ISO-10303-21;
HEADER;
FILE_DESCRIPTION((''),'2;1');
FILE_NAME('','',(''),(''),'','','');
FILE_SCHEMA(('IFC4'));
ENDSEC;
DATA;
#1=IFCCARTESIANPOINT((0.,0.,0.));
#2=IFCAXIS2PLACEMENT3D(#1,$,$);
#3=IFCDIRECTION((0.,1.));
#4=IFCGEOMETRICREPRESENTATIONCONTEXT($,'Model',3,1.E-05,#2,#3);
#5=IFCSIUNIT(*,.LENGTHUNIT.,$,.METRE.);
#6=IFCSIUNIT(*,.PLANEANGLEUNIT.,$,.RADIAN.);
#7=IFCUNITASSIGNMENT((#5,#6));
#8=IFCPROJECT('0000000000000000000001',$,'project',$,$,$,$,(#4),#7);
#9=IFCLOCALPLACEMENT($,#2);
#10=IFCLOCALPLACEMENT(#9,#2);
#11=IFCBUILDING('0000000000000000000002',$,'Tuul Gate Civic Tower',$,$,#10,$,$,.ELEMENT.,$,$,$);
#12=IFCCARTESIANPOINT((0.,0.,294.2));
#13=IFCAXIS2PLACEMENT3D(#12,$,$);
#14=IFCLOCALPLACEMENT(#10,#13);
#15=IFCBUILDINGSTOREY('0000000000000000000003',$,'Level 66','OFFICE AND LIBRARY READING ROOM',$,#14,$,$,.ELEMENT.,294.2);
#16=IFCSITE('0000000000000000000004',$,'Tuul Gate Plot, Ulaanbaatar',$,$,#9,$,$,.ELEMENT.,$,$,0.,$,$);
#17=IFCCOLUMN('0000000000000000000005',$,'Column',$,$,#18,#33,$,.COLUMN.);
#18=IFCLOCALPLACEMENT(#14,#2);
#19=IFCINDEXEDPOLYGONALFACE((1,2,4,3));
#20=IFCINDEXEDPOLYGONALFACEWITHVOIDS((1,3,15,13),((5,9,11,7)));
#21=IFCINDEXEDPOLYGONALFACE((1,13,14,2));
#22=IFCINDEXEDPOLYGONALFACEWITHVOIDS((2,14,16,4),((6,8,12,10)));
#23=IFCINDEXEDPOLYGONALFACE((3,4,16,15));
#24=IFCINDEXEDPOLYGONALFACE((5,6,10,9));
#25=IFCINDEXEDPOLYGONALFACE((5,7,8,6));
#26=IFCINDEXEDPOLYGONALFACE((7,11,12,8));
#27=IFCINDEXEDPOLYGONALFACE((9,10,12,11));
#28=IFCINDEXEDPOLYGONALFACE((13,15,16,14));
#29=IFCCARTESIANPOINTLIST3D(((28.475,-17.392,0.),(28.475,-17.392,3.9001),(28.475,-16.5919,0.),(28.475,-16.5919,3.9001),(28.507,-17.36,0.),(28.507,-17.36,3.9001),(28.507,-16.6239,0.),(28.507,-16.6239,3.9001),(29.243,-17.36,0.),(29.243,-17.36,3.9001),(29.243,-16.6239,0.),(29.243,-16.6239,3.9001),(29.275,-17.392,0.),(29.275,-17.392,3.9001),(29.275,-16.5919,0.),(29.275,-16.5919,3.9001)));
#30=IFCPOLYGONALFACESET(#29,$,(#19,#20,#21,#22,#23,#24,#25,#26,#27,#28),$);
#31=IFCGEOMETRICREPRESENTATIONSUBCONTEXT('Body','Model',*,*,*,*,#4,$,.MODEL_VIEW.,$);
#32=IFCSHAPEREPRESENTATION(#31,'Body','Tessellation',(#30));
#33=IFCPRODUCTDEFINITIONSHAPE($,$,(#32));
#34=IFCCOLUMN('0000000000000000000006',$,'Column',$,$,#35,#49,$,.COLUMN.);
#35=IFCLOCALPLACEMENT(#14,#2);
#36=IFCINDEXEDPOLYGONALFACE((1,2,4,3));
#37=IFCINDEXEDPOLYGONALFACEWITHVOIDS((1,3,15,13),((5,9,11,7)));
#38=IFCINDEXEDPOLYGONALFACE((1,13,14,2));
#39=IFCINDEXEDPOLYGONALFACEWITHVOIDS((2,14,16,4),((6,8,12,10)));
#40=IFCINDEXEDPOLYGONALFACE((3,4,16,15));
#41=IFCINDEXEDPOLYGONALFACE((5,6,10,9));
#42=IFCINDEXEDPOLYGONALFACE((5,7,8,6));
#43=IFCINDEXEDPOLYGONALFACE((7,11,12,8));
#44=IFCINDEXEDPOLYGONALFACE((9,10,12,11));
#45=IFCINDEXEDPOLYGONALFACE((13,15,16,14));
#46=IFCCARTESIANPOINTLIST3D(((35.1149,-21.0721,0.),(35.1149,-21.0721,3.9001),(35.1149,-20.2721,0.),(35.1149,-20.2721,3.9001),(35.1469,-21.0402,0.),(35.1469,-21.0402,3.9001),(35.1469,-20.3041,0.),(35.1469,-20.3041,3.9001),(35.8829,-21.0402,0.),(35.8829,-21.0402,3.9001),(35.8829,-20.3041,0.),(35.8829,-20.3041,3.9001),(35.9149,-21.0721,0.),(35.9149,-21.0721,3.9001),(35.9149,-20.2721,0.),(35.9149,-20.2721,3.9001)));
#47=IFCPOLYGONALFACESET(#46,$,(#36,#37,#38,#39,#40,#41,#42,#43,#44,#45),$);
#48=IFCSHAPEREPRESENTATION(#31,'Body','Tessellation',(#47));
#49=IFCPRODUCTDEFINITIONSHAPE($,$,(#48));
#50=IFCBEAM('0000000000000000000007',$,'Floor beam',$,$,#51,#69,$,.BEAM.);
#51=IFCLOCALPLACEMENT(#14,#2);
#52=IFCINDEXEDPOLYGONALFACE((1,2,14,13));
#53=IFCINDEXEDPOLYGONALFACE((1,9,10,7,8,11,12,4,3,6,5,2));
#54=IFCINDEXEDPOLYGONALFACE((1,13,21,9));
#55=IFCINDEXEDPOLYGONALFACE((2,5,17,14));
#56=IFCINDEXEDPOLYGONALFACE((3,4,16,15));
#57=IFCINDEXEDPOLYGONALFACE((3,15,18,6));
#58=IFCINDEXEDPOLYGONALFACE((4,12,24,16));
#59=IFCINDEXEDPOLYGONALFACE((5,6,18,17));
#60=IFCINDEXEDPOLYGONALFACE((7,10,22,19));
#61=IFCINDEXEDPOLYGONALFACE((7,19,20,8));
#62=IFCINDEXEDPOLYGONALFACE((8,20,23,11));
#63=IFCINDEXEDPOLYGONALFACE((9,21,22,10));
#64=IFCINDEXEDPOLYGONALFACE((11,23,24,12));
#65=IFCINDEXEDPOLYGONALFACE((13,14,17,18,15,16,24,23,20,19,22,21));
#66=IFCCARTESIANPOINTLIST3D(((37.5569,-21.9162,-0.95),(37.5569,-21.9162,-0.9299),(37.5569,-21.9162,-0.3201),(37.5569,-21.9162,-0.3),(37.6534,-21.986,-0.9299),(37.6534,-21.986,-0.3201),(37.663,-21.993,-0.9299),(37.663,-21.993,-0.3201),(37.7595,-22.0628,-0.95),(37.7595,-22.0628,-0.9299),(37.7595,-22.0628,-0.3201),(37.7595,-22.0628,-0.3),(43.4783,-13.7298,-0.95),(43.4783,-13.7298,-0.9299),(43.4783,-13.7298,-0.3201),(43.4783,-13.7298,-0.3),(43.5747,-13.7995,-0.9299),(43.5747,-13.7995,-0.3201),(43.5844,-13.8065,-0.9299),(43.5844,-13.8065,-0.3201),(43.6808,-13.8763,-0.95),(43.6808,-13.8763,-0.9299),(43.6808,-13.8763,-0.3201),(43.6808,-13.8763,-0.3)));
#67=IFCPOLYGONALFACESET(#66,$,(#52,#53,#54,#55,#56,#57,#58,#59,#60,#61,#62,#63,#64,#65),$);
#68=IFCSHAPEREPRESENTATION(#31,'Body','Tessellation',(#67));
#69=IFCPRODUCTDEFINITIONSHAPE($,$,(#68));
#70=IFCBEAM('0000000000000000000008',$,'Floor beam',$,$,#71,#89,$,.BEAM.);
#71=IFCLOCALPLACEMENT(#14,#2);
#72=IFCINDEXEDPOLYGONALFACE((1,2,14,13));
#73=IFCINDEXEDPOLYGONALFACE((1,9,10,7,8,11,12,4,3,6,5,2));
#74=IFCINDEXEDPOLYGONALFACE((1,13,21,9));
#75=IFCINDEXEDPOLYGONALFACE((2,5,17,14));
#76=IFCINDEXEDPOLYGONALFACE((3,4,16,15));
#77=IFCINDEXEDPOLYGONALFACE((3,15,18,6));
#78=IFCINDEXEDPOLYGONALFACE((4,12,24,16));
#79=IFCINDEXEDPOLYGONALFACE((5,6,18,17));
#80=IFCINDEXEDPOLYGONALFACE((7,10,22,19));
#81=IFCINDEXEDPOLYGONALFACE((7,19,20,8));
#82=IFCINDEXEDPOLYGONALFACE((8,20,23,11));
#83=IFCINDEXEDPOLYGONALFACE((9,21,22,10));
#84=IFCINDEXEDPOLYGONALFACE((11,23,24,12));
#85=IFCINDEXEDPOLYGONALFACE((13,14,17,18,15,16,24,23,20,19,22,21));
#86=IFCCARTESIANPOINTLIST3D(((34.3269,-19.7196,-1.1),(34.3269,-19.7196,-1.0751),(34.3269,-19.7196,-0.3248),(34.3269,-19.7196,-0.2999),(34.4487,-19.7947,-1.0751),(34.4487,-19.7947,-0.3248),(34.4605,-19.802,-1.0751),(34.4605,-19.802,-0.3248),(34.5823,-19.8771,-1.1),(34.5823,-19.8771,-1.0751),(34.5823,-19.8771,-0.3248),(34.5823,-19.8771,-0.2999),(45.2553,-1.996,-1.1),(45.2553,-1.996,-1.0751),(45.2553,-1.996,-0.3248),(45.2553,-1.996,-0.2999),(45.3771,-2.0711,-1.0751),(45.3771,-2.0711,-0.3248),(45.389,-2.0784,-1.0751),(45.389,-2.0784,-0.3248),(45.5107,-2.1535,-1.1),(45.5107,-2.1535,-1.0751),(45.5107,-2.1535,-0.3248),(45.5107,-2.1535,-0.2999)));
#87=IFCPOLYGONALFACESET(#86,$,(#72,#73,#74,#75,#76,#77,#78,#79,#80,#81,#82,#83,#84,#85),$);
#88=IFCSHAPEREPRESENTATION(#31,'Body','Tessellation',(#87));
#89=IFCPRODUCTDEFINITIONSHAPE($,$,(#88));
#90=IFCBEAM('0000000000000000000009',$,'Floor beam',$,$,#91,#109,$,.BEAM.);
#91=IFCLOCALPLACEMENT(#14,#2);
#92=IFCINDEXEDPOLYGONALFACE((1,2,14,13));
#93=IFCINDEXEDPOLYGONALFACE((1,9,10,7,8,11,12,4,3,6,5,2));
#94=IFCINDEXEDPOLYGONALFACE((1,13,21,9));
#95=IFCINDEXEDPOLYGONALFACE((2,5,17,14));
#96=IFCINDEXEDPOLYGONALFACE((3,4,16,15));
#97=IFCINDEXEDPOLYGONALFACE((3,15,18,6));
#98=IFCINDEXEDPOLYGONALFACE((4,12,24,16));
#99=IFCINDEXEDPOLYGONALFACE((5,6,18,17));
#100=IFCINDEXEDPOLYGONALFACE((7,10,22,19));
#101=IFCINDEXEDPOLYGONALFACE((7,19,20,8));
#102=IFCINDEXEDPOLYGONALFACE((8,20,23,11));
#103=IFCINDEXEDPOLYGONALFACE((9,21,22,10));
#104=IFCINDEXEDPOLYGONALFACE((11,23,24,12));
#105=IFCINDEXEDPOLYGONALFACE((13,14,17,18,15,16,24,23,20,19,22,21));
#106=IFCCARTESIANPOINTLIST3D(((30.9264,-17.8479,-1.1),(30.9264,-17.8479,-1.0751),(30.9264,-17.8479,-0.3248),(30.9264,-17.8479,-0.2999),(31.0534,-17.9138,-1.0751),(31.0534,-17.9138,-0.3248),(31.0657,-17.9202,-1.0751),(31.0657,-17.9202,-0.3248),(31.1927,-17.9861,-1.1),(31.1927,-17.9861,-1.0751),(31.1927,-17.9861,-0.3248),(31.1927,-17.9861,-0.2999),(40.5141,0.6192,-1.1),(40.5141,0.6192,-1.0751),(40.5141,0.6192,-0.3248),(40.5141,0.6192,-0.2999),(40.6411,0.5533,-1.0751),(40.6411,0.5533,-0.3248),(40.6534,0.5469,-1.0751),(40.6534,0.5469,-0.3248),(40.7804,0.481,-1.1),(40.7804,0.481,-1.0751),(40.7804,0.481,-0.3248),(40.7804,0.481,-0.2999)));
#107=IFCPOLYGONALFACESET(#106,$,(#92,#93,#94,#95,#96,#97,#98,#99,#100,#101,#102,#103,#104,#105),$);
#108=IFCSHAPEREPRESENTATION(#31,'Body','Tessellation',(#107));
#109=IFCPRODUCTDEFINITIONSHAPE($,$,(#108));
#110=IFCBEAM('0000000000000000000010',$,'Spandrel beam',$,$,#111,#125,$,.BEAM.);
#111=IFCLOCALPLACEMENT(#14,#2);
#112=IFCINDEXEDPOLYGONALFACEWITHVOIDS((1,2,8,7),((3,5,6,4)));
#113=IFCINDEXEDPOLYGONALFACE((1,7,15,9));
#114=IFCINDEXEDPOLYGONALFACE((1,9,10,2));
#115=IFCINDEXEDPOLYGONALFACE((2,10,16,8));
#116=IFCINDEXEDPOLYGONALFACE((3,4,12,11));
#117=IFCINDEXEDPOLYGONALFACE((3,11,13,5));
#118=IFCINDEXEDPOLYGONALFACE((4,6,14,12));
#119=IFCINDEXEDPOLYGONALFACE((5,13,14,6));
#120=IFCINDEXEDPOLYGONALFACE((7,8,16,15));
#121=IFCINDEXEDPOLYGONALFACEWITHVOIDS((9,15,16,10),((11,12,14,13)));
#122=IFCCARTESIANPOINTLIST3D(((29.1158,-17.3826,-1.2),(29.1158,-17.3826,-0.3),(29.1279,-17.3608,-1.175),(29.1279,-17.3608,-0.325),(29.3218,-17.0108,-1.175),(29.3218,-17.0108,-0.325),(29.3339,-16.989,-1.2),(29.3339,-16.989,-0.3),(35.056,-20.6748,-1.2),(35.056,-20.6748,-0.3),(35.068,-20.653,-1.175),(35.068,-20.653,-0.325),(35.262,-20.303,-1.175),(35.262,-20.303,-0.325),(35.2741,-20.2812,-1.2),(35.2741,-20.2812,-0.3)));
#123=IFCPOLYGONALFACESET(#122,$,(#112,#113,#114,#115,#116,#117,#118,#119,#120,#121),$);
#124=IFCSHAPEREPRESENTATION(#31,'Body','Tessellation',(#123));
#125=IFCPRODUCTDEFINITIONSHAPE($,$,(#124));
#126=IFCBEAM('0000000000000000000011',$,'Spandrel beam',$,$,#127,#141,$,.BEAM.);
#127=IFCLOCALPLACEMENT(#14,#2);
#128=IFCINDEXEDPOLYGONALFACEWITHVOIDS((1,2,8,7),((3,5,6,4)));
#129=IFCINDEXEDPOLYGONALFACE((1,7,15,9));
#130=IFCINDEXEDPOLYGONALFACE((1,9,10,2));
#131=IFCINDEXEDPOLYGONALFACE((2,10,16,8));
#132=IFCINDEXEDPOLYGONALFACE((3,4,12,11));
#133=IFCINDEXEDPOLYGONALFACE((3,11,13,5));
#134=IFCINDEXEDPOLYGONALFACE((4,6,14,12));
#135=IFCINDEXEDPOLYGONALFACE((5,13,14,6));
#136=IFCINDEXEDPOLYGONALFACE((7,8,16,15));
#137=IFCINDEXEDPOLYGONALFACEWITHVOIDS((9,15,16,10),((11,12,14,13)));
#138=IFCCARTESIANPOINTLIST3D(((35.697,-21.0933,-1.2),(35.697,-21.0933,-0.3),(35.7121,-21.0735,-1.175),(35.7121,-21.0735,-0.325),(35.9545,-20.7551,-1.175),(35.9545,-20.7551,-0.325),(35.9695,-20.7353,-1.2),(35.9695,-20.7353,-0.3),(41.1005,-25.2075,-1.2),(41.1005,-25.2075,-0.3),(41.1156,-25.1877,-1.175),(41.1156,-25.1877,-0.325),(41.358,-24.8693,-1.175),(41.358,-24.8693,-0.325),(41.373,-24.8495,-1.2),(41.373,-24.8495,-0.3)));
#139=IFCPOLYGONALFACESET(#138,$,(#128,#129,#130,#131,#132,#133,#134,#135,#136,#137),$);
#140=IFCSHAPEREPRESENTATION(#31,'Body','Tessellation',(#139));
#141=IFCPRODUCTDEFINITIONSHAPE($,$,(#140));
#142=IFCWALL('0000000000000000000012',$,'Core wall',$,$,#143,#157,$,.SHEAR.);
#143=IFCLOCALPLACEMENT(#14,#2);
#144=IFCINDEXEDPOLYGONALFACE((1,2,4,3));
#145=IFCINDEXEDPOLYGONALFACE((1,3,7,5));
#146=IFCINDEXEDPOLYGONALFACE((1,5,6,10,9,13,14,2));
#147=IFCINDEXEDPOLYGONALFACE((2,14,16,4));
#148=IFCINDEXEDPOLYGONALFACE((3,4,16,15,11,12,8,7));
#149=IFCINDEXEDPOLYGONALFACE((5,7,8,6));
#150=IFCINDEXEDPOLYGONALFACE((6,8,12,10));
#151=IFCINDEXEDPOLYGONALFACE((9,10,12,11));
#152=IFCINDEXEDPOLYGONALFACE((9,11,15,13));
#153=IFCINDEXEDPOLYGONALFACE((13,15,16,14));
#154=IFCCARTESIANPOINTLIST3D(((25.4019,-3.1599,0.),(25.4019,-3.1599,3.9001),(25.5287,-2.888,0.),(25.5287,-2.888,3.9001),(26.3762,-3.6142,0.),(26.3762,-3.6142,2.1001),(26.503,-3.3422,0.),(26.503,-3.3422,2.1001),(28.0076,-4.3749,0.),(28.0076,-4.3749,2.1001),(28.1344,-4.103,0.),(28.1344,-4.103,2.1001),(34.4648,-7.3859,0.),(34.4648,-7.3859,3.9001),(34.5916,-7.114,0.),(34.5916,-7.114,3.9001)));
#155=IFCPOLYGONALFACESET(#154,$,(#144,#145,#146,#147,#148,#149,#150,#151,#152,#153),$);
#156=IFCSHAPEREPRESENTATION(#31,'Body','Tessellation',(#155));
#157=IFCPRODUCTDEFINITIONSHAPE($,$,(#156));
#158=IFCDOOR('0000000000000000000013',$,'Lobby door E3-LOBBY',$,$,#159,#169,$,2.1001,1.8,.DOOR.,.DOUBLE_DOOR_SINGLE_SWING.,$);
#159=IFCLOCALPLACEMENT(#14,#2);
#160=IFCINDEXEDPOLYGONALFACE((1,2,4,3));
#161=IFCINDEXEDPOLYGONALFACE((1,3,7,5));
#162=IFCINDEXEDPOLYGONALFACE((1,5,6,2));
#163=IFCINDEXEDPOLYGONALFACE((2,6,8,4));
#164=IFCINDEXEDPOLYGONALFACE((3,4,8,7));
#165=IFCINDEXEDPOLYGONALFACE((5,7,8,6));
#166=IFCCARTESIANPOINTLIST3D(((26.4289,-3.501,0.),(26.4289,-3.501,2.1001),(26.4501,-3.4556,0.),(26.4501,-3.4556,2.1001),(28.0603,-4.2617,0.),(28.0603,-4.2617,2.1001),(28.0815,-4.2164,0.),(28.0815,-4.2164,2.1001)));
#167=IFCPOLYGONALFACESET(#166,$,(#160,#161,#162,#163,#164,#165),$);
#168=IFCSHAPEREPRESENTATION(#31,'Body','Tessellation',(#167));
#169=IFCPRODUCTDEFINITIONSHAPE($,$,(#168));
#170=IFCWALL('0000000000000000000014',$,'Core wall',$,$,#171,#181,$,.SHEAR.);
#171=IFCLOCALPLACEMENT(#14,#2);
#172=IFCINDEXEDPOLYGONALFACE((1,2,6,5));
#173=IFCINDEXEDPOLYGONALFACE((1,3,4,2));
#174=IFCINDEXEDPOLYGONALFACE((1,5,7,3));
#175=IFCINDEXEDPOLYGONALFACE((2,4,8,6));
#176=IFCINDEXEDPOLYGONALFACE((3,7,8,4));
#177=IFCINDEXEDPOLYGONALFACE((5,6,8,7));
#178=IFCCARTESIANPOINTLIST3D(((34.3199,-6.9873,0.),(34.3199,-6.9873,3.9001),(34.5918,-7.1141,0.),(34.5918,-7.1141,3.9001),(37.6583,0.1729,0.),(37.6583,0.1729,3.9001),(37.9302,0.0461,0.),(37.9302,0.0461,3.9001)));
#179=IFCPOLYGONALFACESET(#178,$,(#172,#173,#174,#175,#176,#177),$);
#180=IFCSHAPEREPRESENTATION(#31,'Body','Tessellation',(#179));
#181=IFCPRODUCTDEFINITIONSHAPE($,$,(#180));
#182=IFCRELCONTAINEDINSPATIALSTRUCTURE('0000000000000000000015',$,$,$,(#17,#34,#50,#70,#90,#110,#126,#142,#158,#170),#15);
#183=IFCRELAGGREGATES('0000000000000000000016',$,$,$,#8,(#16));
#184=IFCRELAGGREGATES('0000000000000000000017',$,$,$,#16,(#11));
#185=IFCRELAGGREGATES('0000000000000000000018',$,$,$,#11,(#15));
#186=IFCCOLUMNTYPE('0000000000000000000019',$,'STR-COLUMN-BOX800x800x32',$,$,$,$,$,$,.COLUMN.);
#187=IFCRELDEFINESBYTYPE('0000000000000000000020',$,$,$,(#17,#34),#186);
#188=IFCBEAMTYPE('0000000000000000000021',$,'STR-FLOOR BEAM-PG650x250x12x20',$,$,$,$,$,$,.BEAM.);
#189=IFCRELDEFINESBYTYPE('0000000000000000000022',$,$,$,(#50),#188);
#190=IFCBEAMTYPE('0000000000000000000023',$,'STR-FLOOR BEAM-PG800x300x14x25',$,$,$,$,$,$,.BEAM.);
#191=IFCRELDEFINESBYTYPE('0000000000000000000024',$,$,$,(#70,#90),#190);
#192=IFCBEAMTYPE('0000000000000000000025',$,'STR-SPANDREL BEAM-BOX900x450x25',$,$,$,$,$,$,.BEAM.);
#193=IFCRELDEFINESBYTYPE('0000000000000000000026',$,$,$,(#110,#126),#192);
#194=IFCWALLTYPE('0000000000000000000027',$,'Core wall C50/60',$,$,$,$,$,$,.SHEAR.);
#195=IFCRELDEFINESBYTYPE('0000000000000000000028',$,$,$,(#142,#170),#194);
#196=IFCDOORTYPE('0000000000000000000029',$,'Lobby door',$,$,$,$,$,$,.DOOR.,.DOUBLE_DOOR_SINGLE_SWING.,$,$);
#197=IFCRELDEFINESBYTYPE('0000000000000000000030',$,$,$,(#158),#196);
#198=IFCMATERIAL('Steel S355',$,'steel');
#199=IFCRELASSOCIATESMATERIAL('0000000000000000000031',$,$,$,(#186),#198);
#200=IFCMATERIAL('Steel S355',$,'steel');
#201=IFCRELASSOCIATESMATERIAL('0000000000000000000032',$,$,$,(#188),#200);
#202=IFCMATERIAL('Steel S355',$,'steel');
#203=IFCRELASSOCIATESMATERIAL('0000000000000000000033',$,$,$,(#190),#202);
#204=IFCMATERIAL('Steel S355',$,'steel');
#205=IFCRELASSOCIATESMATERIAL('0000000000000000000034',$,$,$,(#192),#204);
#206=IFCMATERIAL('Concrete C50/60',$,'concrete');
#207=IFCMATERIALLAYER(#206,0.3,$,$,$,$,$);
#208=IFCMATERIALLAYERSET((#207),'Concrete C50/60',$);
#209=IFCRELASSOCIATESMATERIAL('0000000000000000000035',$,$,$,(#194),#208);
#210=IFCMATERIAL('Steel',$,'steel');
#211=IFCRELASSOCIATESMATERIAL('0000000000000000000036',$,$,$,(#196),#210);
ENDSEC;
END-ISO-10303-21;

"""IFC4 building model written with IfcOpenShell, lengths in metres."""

from ifc_helpers import new_model, si_unit, direction, frame, frame_2d, origin, origin_2d, place, context, subcontext, project, spatial, rectangle, hollow_rectangle, i_section, extrude, material, layer, layer_set, material_profile, profile_set, type_object, element, fill, save


model = new_model("IFC4")

# Units and contexts
model_context = context("Model", 3, precision=1e-05, world=origin(), true_north=direction((0.0, 1.0)))
body_context = subcontext(model_context, "Body", "Model", "MODEL_VIEW")
ifc_project = project(units=[si_unit("LENGTHUNIT", "METRE"), si_unit("PLANEANGLEUNIT", "RADIAN")], contexts=[model_context])

# Site, building, storey
site_placement = place(None, origin())
site = spatial("IfcSite", under=ifc_project, at=site_placement, Name="Tuul Gate Plot, Ulaanbaatar", CompositionType="ELEMENT", RefElevation=0.0)
building_placement = place(site_placement, origin())
building = spatial("IfcBuilding", under=site, at=building_placement, Name="Tuul Gate Civic Tower", CompositionType="ELEMENT")
storey_placement = place(building_placement, frame((0.0, 0.0, 294.2)))
storey = spatial("IfcBuildingStorey", under=building, at=storey_placement, Name="Level 66", Description="OFFICE AND LIBRARY READING ROOM", CompositionType="ELEMENT", Elevation=294.2)

# Columns
ifc_material_1 = material(Name="Steel S355", Category="steel")
ifc_material_profile_1 = material_profile(ifc_material_1, hollow_rectangle(XDim=0.8, YDim=0.8, WallThickness=0.032, at=origin_2d()), Name="BOX800x800x32")
ifc_profile_set_1 = profile_set([ifc_material_profile_1], Name="Steel S355")
column_type = type_object("IfcColumnType", Name="STR-COLUMN-BOX800x800x32", PredefinedType="COLUMN", material=ifc_profile_set_1)
for number, where, z_axis, x_axis, name in (
    (1, (28.875, -16.9919, 0.0), (0.0, 0.0, 1.0), (1.0, 0.0, 0.0), "Column"),
    (2, (35.5149, -20.6721, 0.0), (0.0, 0.0, 1.0), (1.0, 0.0, 0.0), "Column"),
):
    element("IfcColumn", number, at=place(storey_placement, frame(where, z_axis=z_axis, x_axis=x_axis)), inside=storey, type_object=column_type, Name=name, PredefinedType="COLUMN", context=body_context, shape_type="SweptSolid", body=[
        extrude(hollow_rectangle(XDim=0.8, YDim=0.8, WallThickness=0.032, at=origin_2d()), origin(), (0.0, 0.0, 1.0), 3.9001),
    ])

# Beams
ifc_material_2 = material(Name="Steel S355", Category="steel")
ifc_material_profile_2 = material_profile(ifc_material_2, i_section(OverallWidth=0.25, OverallDepth=0.6499, WebThickness=0.012, FlangeThickness=0.02, at=origin_2d()), Name="PG650x250x12x20")
ifc_profile_set_2 = profile_set([ifc_material_profile_2], Name="Steel S355")
beam_type_1 = type_object("IfcBeamType", Name="STR-FLOOR BEAM-PG650x250x12x20", PredefinedType="BEAM", material=ifc_profile_set_2)
beam_1_placement = place(storey_placement, frame((37.6582, -21.9895, -0.625), z_axis=(0.586069, 0.810261, 0.0), x_axis=(-0.810261, 0.586069, 0.0)))
element("IfcBeam", 3, at=beam_1_placement, inside=storey, type_object=beam_type_1, Name="Floor beam", PredefinedType="BEAM", context=body_context, shape_type="SweptSolid", body=[
    extrude(i_section(OverallWidth=0.25, OverallDepth=0.6499, WebThickness=0.012, FlangeThickness=0.02, at=origin_2d()), origin(), (0.0, 0.0, 1.0), 10.1035),
])
ifc_material_3 = material(Name="Steel S355", Category="steel")
ifc_material_profile_3 = material_profile(ifc_material_3, i_section(OverallWidth=0.3, OverallDepth=0.8, WebThickness=0.0139, FlangeThickness=0.0249, at=origin_2d()), Name="PG800x300x14x25")
ifc_profile_set_3 = profile_set([ifc_material_profile_3], Name="Steel S355")
beam_type_2 = type_object("IfcBeamType", Name="STR-FLOOR BEAM-PG800x300x14x25", PredefinedType="BEAM", material=ifc_profile_set_3)
beam_2_placement = place(storey_placement, frame((34.4546, -19.7983, -0.7), z_axis=(0.52485, 0.851195, 0.0), x_axis=(-0.851195, 0.52485, 0.0)))
element("IfcBeam", 4, at=beam_2_placement, inside=storey, type_object=beam_type_2, Name="Floor beam", PredefinedType="BEAM", context=body_context, shape_type="SweptSolid", body=[
    extrude(i_section(OverallWidth=0.3, OverallDepth=0.8, WebThickness=0.0139, FlangeThickness=0.0249, at=origin_2d()), origin(), (0.0, 0.0, 1.0), 20.822),
])
beam_3_placement = place(storey_placement, frame((31.0596, -17.917, -0.7), z_axis=(0.460777, 0.887516, 0.0), x_axis=(-0.887516, 0.460777, 0.0)))
element("IfcBeam", 5, at=beam_3_placement, inside=storey, type_object=beam_type_2, Name="Floor beam", PredefinedType="BEAM", context=body_context, shape_type="SweptSolid", body=[
    extrude(i_section(OverallWidth=0.3, OverallDepth=0.8, WebThickness=0.0139, FlangeThickness=0.0249, at=origin_2d()), origin(), (0.0, 0.0, 1.0), 20.8076),
])
ifc_material_4 = material(Name="Steel S355", Category="steel")
ifc_material_profile_4 = material_profile(ifc_material_4, hollow_rectangle(XDim=0.45, YDim=0.8999, WallThickness=0.0249, at=origin_2d()), Name="BOX900x450x25")
ifc_profile_set_4 = profile_set([ifc_material_profile_4], Name="Steel S355")
beam_type_3 = type_object("IfcBeamType", Name="STR-SPANDREL BEAM-BOX900x450x25", PredefinedType="BEAM", material=ifc_profile_set_4)
for number, where, z_axis, x_axis, name in (
    (6, (29.2249, -17.1858, -0.75), (0.874649, -0.484758, 0.0), (0.484758, 0.874649, 0.0), "Spandrel beam"),
    (7, (35.8333, -20.9143, -0.75), (0.795626, -0.605788, 0.0), (0.605788, 0.795626, 0.0), "Spandrel beam"),
):
    element("IfcBeam", number, at=place(storey_placement, frame(where, z_axis=z_axis, x_axis=x_axis)), inside=storey, type_object=beam_type_3, Name=name, PredefinedType="BEAM", context=body_context, shape_type="SweptSolid", body=[
        extrude(hollow_rectangle(XDim=0.45, YDim=0.8999, WallThickness=0.0249, at=origin_2d()), origin(), (0.0, 0.0, 1.0), 6.7915),
    ])

# Wall, opening, door
ifc_material_5 = material(Name="Concrete C50/60", Category="concrete")
ifc_layer_1 = layer(ifc_material_5, 0.3)
ifc_layer_set_1 = layer_set([ifc_layer_1], Name="Concrete C50/60")
wall_type_1 = type_object("IfcWallType", Name="Core wall C50/60", PredefinedType="SHEAR", material=ifc_layer_set_1)
wall_1_placement = place(storey_placement, frame((34.5283, -7.25, 0.0), z_axis=(0.0, 0.0, 1.0), x_axis=(-0.90631, 0.422613, 0.0)))
wall_1 = element("IfcWall", 8, at=wall_1_placement, inside=storey, type_object=wall_type_1, Name="Core wall", PredefinedType="SHEAR", context=body_context, shape_type="SweptSolid", body=[
    extrude(rectangle(XDim=9.9998, YDim=0.3, at=frame_2d((5.0, 0.0))), origin(), (0.0, 0.0, 1.0), 3.9001),
])
opening_1_placement = place(wall_1_placement, frame((7.125, 0.0, 0.0)))
opening_1 = element("IfcOpeningElement", 9, at=opening_1_placement, cuts=wall_1, PredefinedType="OPENING", context=body_context, shape_type="SweptSolid", body=[
    extrude(rectangle(XDim=1.8, YDim=2.1001, at=frame_2d((0.8999, 1.05))), frame((0.0, 0.1602, 0.0), z_axis=(0.0, -1.0, 0.0), x_axis=(1.0, 0.0, 0.0)), (0.0, 0.0, 1.0), 0.3201),
])
ifc_material_6 = material(Name="Steel", Category="steel")
door_type_1 = type_object("IfcDoorType", Name="Lobby door", OperationType="DOUBLE_DOOR_SINGLE_SWING", PredefinedType="DOOR", material=ifc_material_6)
door_1_placement = place(opening_1_placement, frame((1.8, 0.0, 0.0), z_axis=(0.0, 0.0, 1.0), x_axis=(-1.0, 0.0, 0.0)))
door_1 = element("IfcDoor", 10, at=door_1_placement, inside=storey, type_object=door_type_1, Name="Lobby door E3-LOBBY", OperationType="DOUBLE_DOOR_SINGLE_SWING", OverallHeight=2.1001, OverallWidth=1.8, PredefinedType="DOOR", context=body_context, shape_type="SweptSolid", body=[
    extrude(rectangle(XDim=1.8, YDim=2.1001, at=frame_2d((0.9001, 1.05))), frame((0.0, 0.0249, 0.0), z_axis=(0.0, -1.0, 0.0), x_axis=(1.0, 0.0, 0.0)), (0.0, 0.0, 1.0), 0.05),
])
fill(opening_1, door_1)

# Wall
wall_2_placement = place(storey_placement, frame((34.4558, -7.0508, 0.0), z_axis=(0.0, 0.0, 1.0), x_axis=(0.422571, 0.90633, 0.0)))
element("IfcWall", 11, at=wall_2_placement, inside=storey, type_object=wall_type_1, Name="Core wall", PredefinedType="SHEAR", context=body_context, shape_type="SweptSolid", body=[
    extrude(rectangle(XDim=7.9001, YDim=0.3, at=frame_2d((3.9502, 0.0))), origin(), (0.0, 0.0, 1.0), 3.9001),
])

save(model, "model.ifc")
